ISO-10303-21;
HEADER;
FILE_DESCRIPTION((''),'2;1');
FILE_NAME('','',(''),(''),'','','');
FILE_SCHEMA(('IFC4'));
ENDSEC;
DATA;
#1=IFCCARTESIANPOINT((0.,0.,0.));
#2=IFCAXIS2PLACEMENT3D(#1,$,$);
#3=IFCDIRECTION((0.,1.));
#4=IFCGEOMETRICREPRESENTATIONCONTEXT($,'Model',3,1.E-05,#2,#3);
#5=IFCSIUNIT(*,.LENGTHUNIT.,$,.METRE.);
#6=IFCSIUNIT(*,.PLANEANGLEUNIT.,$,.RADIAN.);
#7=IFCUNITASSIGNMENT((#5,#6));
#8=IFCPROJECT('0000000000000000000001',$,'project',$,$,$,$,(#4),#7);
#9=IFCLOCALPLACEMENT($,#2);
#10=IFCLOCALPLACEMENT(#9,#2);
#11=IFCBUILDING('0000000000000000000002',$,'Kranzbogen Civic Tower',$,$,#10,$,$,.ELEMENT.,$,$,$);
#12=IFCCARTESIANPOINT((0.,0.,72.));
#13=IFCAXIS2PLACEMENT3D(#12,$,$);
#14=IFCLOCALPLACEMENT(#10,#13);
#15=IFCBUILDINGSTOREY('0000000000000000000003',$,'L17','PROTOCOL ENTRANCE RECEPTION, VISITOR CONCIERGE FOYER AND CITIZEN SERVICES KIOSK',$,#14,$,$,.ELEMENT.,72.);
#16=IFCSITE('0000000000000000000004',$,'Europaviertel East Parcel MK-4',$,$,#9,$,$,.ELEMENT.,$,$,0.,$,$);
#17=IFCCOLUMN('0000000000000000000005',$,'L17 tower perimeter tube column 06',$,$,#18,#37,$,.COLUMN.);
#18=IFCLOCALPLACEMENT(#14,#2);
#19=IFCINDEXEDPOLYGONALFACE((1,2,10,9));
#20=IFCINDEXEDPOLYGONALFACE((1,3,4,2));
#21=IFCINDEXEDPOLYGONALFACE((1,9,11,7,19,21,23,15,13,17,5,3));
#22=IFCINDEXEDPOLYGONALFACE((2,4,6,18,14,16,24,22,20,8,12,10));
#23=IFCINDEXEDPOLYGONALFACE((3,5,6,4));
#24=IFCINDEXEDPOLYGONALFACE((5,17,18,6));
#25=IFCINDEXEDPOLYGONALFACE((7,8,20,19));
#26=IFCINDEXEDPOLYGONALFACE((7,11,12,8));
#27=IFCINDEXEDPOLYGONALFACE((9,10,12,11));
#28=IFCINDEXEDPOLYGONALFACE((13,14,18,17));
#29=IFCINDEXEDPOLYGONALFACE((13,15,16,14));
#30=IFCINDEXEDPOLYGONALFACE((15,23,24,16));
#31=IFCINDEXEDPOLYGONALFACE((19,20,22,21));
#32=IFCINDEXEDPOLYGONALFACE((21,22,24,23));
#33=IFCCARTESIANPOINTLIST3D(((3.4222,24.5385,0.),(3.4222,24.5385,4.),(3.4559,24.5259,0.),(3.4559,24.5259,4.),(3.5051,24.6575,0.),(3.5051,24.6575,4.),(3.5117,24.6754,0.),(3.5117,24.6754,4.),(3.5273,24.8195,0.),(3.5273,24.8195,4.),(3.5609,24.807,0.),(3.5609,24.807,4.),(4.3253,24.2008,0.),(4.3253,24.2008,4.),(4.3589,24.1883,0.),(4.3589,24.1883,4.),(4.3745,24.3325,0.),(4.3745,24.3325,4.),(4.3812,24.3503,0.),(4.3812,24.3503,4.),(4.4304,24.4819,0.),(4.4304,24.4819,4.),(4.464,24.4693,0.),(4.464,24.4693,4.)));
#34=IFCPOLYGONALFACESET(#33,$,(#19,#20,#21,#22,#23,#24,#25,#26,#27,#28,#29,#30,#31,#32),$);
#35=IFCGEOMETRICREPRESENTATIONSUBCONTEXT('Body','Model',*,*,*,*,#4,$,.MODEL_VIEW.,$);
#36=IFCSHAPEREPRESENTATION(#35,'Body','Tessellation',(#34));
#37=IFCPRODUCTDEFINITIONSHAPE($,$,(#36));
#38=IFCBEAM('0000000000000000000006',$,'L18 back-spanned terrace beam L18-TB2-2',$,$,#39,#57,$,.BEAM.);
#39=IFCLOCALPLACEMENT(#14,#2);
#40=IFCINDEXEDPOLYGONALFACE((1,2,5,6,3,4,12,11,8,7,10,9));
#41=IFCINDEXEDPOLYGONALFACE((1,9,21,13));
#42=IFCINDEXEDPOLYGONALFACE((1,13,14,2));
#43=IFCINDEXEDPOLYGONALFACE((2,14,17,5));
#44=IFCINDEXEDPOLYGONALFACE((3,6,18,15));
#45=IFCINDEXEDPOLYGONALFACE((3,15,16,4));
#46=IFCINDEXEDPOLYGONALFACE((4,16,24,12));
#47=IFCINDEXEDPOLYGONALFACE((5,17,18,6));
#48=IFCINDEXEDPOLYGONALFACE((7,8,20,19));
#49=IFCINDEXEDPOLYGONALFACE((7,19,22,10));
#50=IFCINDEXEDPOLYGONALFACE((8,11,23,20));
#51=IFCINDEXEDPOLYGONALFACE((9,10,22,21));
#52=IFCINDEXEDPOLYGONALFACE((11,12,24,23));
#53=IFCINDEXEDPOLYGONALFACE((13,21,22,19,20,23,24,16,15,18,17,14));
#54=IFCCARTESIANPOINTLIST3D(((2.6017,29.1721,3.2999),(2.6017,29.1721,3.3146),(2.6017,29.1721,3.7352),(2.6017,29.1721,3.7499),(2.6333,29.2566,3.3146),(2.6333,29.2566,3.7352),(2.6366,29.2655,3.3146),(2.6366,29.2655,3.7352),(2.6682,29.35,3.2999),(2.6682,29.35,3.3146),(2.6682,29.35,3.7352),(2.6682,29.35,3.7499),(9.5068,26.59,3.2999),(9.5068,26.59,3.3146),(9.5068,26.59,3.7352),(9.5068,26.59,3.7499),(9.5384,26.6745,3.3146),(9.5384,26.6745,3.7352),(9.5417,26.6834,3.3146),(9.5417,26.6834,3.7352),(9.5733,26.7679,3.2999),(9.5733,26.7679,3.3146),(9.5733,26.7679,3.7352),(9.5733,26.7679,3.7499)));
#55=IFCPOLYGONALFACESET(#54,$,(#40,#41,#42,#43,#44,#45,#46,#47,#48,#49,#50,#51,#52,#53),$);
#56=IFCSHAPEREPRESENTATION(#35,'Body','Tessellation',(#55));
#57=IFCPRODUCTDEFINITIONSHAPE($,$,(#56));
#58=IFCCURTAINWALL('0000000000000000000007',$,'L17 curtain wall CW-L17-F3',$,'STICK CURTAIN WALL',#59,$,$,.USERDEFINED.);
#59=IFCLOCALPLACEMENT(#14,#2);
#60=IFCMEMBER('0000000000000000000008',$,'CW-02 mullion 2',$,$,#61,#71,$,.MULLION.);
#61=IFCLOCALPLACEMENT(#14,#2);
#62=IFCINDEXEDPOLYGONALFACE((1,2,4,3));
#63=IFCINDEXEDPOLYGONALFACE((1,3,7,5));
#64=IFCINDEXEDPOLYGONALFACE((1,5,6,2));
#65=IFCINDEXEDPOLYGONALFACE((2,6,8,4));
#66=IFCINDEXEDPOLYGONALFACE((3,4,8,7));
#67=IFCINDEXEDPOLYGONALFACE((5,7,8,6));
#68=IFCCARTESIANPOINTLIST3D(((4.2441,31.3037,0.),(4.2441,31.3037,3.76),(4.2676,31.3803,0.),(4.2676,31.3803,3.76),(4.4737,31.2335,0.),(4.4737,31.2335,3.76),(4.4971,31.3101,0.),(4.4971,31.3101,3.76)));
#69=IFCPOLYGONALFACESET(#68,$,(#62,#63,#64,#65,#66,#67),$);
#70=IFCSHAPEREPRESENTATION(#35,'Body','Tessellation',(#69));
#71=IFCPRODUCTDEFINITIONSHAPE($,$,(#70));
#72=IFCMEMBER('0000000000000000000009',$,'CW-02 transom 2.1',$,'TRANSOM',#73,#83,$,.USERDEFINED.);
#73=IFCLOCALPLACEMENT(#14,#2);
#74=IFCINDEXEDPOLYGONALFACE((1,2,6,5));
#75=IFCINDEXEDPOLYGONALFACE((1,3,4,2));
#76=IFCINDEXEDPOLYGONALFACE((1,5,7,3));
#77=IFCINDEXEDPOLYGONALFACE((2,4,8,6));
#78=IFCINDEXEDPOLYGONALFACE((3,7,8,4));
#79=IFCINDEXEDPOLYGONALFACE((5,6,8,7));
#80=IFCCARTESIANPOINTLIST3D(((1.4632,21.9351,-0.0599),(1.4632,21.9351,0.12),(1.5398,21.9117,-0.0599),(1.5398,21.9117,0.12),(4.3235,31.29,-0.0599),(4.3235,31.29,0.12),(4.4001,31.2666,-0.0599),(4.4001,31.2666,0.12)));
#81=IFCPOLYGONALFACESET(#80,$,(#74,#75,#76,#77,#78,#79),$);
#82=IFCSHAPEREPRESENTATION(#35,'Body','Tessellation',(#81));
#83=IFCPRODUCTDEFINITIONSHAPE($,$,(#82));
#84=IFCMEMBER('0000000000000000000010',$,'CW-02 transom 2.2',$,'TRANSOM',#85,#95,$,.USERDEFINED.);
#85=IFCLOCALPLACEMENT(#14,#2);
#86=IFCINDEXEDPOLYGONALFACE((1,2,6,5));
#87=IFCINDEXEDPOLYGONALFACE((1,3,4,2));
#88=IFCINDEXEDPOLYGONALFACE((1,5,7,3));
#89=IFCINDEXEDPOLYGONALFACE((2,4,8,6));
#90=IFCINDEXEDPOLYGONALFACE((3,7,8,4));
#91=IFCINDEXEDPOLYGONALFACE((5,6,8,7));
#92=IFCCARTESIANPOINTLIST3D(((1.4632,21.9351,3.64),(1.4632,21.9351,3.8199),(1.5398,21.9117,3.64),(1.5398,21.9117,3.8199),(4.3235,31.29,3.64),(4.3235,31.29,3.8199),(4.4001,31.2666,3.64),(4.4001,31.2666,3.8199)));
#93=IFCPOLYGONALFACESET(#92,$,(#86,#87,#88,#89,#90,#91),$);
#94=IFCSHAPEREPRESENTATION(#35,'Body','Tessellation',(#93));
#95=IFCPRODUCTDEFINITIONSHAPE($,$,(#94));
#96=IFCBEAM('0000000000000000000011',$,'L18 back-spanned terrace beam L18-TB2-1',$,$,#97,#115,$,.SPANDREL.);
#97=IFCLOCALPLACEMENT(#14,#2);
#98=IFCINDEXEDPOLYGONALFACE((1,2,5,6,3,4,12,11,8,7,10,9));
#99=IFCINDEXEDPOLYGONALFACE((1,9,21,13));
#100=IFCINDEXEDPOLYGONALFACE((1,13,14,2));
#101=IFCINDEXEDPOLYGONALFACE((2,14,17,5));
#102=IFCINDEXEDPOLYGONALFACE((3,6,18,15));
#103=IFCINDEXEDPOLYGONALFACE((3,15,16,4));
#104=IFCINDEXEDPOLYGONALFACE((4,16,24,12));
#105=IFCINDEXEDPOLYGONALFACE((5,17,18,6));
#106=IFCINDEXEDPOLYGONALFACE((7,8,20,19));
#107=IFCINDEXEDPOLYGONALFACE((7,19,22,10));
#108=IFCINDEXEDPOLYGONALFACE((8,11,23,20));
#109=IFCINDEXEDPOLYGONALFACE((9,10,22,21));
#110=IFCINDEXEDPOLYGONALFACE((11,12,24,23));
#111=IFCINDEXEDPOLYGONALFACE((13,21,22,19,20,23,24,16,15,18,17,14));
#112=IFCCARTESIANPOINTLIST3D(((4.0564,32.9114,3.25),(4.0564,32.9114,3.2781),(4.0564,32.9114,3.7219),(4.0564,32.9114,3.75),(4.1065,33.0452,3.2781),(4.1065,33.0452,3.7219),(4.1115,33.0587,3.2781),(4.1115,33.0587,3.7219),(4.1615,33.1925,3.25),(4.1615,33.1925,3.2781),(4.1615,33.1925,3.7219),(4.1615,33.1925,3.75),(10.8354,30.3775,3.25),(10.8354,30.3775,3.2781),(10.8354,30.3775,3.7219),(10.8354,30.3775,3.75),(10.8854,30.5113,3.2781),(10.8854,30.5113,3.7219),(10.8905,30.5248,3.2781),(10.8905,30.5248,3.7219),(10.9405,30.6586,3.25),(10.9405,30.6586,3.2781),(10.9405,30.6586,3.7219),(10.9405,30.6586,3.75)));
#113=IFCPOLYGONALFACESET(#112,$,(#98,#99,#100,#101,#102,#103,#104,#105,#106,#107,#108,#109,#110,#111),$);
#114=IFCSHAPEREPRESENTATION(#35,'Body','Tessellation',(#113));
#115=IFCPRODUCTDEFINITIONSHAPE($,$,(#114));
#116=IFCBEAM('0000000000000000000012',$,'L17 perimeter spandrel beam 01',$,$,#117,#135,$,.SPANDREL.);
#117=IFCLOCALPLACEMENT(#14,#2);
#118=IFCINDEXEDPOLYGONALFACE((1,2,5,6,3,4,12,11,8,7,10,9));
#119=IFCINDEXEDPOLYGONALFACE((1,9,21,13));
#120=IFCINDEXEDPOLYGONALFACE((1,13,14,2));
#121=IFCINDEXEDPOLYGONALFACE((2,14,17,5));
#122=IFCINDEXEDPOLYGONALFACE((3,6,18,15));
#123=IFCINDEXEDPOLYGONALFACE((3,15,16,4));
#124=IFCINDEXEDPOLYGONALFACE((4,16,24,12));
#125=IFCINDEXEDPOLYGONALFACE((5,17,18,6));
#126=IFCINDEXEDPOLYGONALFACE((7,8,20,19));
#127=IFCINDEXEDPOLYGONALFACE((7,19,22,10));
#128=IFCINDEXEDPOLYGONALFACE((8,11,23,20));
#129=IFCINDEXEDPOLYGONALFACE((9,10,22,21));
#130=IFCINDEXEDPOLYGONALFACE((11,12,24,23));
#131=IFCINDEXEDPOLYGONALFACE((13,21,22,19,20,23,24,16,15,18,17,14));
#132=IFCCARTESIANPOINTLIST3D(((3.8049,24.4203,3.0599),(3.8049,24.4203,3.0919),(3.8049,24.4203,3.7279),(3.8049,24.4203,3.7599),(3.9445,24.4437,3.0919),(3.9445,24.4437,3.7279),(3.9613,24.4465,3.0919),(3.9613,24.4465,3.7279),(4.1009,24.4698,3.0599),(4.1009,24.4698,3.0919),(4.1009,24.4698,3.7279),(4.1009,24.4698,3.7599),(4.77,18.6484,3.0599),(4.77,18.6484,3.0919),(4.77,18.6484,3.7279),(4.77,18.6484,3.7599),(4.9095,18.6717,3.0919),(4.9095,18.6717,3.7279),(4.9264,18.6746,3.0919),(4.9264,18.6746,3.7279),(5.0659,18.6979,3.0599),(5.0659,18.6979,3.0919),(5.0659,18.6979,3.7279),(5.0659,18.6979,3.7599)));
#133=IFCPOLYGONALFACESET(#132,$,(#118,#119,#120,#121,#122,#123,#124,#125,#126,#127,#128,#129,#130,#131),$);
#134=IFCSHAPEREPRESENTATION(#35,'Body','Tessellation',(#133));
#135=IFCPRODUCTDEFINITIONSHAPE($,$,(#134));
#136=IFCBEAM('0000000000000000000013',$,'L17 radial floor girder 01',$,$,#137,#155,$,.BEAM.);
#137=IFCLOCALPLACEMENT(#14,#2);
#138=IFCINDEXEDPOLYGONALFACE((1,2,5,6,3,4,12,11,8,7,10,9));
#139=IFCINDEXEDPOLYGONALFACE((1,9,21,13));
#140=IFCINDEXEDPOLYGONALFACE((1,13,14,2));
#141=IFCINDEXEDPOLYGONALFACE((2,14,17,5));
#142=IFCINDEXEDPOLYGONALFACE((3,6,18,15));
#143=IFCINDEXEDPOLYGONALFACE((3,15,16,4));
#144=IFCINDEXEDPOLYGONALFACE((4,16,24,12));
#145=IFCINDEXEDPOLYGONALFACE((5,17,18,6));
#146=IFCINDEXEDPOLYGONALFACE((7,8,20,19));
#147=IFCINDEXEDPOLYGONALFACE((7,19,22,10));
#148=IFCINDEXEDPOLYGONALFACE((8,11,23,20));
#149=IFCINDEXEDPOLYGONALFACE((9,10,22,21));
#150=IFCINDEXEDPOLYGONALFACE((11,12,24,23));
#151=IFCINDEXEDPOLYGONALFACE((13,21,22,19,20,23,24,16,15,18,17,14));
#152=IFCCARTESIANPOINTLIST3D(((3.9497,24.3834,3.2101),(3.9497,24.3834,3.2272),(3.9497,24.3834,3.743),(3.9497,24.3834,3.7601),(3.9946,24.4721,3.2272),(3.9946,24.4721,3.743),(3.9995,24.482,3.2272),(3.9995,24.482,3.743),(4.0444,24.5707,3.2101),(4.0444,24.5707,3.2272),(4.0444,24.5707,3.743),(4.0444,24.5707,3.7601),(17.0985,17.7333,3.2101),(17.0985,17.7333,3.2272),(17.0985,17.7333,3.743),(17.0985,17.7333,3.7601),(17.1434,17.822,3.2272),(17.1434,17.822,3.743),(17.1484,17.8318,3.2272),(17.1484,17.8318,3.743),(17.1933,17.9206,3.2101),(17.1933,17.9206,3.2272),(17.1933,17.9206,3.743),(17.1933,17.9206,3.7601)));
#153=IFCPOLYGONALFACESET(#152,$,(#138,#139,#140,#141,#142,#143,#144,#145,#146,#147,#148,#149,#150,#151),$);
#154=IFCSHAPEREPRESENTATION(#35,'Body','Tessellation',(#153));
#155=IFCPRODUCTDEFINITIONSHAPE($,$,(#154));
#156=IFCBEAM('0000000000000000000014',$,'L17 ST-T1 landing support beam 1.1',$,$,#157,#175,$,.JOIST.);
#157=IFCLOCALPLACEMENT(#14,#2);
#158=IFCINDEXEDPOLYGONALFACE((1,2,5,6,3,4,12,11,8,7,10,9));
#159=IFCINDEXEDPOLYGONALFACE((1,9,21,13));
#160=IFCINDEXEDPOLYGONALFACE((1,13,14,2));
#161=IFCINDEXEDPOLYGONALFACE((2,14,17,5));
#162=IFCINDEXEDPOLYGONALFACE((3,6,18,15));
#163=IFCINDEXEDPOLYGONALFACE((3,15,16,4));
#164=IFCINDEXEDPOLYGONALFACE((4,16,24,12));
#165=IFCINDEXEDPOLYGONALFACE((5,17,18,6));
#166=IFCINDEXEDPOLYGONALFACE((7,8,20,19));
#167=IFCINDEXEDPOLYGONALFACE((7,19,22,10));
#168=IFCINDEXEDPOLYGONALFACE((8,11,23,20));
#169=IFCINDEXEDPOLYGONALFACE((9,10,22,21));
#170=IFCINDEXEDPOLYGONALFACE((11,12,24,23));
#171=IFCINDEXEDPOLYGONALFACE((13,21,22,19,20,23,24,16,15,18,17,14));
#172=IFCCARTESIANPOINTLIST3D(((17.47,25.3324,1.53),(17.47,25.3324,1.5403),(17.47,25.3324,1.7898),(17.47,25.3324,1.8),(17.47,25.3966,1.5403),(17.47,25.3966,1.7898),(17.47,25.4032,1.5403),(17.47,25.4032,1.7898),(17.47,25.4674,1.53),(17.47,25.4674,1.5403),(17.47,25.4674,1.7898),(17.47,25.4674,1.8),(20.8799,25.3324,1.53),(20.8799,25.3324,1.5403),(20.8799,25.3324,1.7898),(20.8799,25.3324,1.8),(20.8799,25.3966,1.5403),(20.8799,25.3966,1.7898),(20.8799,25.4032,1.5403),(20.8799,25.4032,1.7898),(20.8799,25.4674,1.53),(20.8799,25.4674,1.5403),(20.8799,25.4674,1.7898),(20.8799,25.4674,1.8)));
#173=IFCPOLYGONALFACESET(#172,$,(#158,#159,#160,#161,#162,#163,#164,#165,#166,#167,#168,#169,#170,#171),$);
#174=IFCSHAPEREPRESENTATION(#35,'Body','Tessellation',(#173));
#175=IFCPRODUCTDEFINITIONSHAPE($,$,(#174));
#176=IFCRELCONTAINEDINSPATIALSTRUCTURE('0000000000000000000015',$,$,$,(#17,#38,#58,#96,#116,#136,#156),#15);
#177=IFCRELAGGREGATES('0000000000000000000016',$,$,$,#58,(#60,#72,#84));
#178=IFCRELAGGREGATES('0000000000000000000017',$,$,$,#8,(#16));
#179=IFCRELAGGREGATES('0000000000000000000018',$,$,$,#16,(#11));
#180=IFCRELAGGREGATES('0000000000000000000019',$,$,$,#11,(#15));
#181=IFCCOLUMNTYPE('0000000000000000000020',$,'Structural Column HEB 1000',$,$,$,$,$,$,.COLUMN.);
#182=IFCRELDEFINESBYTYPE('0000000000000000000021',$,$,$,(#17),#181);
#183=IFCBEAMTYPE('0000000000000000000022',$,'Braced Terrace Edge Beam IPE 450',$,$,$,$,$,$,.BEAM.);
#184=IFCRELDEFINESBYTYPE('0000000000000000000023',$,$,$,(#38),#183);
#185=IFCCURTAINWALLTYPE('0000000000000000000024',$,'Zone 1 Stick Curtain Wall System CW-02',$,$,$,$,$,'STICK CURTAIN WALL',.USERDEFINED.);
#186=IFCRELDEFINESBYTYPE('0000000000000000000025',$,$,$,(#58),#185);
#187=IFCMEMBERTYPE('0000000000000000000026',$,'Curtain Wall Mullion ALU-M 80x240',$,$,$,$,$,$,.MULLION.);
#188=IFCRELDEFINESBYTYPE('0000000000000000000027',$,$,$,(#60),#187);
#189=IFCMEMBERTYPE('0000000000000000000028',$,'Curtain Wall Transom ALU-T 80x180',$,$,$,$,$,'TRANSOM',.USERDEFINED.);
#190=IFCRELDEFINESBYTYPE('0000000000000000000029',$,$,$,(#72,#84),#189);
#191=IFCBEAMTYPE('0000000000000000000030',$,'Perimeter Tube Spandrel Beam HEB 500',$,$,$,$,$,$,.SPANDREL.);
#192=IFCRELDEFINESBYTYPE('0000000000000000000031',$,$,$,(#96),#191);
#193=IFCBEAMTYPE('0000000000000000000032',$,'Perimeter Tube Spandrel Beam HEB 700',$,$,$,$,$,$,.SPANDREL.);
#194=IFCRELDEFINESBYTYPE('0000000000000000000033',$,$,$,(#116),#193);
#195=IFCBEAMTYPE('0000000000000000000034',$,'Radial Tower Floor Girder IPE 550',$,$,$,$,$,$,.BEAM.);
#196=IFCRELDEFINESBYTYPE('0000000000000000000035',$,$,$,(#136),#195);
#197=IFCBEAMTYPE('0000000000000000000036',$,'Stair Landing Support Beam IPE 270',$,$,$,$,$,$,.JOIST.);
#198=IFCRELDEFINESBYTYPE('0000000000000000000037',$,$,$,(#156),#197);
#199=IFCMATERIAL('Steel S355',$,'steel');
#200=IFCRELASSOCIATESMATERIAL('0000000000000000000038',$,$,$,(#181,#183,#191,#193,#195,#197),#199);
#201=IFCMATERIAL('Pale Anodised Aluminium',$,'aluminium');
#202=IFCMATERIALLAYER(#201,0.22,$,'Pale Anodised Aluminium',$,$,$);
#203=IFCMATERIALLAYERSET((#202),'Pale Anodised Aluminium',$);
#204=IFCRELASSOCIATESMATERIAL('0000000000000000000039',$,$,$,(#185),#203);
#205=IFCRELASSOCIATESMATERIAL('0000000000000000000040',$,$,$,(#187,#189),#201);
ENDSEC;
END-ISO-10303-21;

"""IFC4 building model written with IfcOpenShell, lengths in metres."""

from ifc_helpers import new_model, si_unit, direction, frame, origin, origin_2d, place, context, subcontext, project, spatial, rectangle, i_section, extrude, material, layer, layer_set, material_profile, profile_set, type_object, element, aggregate, save


model = new_model("IFC4")

# Units and contexts
model_context = context("Model", 3, precision=1e-05, world=origin(), true_north=direction((0.0, 1.0)))
body_context = subcontext(model_context, "Body", "Model", "MODEL_VIEW")
ifc_project = project(units=[si_unit("LENGTHUNIT", "METRE"), si_unit("PLANEANGLEUNIT", "RADIAN")], contexts=[model_context])

# Site, building, storey
site_placement = place(None, origin())
site = spatial("IfcSite", under=ifc_project, at=site_placement, Name="Europaviertel East Parcel MK-4", CompositionType="ELEMENT", RefElevation=0.0)
building_placement = place(site_placement, origin())
building = spatial("IfcBuilding", under=site, at=building_placement, Name="Kranzbogen Civic Tower", CompositionType="ELEMENT")
storey_placement = place(building_placement, frame((0.0, 0.0, 72.0)))
storey = spatial("IfcBuildingStorey", under=building, at=storey_placement, Name="L17", Description="PROTOCOL ENTRANCE RECEPTION, VISITOR CONCIERGE FOYER AND CITIZEN SERVICES KIOSK", CompositionType="ELEMENT", Elevation=72.0)

# Column
ifc_material_1 = material(Name="Steel S355", Category="steel")
ifc_material_profile_1 = material_profile(ifc_material_1, i_section(OverallWidth=0.3, OverallDepth=1.0, WebThickness=0.019, FlangeThickness=0.0359, at=origin_2d()), Name="HEB 1000")
ifc_profile_set_1 = profile_set([ifc_material_profile_1], Name="Steel S355")
column_type = type_object("IfcColumnType", Name="Structural Column HEB 1000", PredefinedType="COLUMN", material=ifc_profile_set_1)
column_placement = place(storey_placement, frame((3.9431, 24.5039, 0.0), z_axis=(0.0, 0.0, 1.0), x_axis=(0.350207, 0.936672, 0.0)))
element("IfcColumn", 1, at=column_placement, inside=storey, type_object=column_type, Name="L17 tower perimeter tube column 06", PredefinedType="COLUMN", context=body_context, shape_type="SweptSolid", body=[
    extrude(i_section(OverallWidth=0.3, OverallDepth=1.0, WebThickness=0.019, FlangeThickness=0.0359, at=origin_2d()), origin(), (0.0, 0.0, 1.0), 4.0),
])

# Beam
ifc_material_profile_2 = material_profile(ifc_material_1, i_section(OverallWidth=0.1899, OverallDepth=0.45, WebThickness=0.0095, FlangeThickness=0.0146, at=origin_2d()), Name="IPE 450")
ifc_profile_set_2 = profile_set([ifc_material_profile_2], Name="Steel S355")
beam_type_1 = type_object("IfcBeamType", Name="Braced Terrace Edge Beam IPE 450", PredefinedType="BEAM", material=ifc_profile_set_2)
beam_1_placement = place(storey_placement, frame((9.54, 26.679, 3.5249), z_axis=(-0.936657, 0.350249, 0.0), x_axis=(-0.350249, -0.936657, 0.0)))
element("IfcBeam", 2, at=beam_1_placement, inside=storey, type_object=beam_type_1, Name="L18 back-spanned terrace beam L18-TB2-2", PredefinedType="BEAM", context=body_context, shape_type="SweptSolid", body=[
    extrude(i_section(OverallWidth=0.1899, OverallDepth=0.45, WebThickness=0.0095, FlangeThickness=0.0146, at=origin_2d()), origin(), (0.0, 0.0, 1.0), 7.3721),
])

# Curtain wall, members
ifc_material_2 = material(Name="Pale Anodised Aluminium", Category="aluminium")
ifc_layer_1 = layer(ifc_material_2, 0.22, Name="Pale Anodised Aluminium")
ifc_layer_set_1 = layer_set([ifc_layer_1], Name="Pale Anodised Aluminium")
curtain_wall_type = type_object("IfcCurtainWallType", Name="Zone 1 Stick Curtain Wall System CW-02", ElementType="STICK CURTAIN WALL", PredefinedType="USERDEFINED", material=ifc_layer_set_1)
curtain_wall_placement = place(storey_placement, origin())
curtain_wall = element("IfcCurtainWall", 3, at=curtain_wall_placement, inside=storey, type_object=curtain_wall_type, Name="L17 curtain wall CW-L17-F3", ObjectType="STICK CURTAIN WALL", PredefinedType="USERDEFINED")
ifc_material_profile_3 = material_profile(ifc_material_2, rectangle(XDim=0.0801, YDim=0.24, at=origin_2d()), Name="ALU-M 80x240")
ifc_profile_set_3 = profile_set([ifc_material_profile_3], Name="Pale Anodised Aluminium")
member_type_1 = type_object("IfcMemberType", Name="Curtain Wall Mullion ALU-M 80x240", PredefinedType="MULLION", material=ifc_profile_set_3)
member_1_placement = place(storey_placement, frame((4.3706, 31.3069, 0.0), z_axis=(0.0, 0.0, 1.0), x_axis=(-0.292381, -0.956302, 0.0)))
member_1 = element("IfcMember", 4, at=member_1_placement, type_object=member_type_1, Name="CW-02 mullion 2", PredefinedType="MULLION", context=body_context, shape_type="SweptSolid", body=[
    extrude(rectangle(XDim=0.0801, YDim=0.24, at=origin_2d()), origin(), (0.0, 0.0, 1.0), 3.76),
])
ifc_material_profile_4 = material_profile(ifc_material_2, rectangle(XDim=0.0801, YDim=0.1799, at=origin_2d()), Name="ALU-T 80x180")
ifc_profile_set_4 = profile_set([ifc_material_profile_4], Name="Pale Anodised Aluminium")
member_type_2 = type_object("IfcMemberType", Name="Curtain Wall Transom ALU-T 80x180", ElementType="TRANSOM", PredefinedType="USERDEFINED", material=ifc_profile_set_4)
member_2_placement = place(storey_placement, frame((4.3618, 31.2783, 0.03), z_axis=(-0.292395, -0.956298, 0.0), x_axis=(0.956298, -0.292395, 0.0)))
member_2 = element("IfcMember", 5, at=member_2_placement, type_object=member_type_2, Name="CW-02 transom 2.1", ObjectType="TRANSOM", PredefinedType="USERDEFINED", context=body_context, shape_type="SweptSolid", body=[
    extrude(rectangle(XDim=0.0801, YDim=0.1799, at=origin_2d()), origin(), (0.0, 0.0, 1.0), 9.7825),
])
member_3_placement = place(storey_placement, frame((4.3618, 31.2783, 3.73), z_axis=(-0.292395, -0.956298, 0.0), x_axis=(0.956298, -0.292395, 0.0)))
member_3 = element("IfcMember", 6, at=member_3_placement, type_object=member_type_2, Name="CW-02 transom 2.2", ObjectType="TRANSOM", PredefinedType="USERDEFINED", context=body_context, shape_type="SweptSolid", body=[
    extrude(rectangle(XDim=0.0801, YDim=0.1799, at=origin_2d()), origin(), (0.0, 0.0, 1.0), 9.7825),
])

# Beams
ifc_material_profile_5 = material_profile(ifc_material_1, i_section(OverallWidth=0.3, OverallDepth=0.5, WebThickness=0.0144, FlangeThickness=0.0281, at=origin_2d()), Name="HEB 500")
ifc_profile_set_5 = profile_set([ifc_material_profile_5], Name="Steel S355")
beam_type_2 = type_object("IfcBeamType", Name="Perimeter Tube Spandrel Beam HEB 500", PredefinedType="SPANDREL", material=ifc_profile_set_5)
beam_2_placement = place(storey_placement, frame((10.8879, 30.5181, 3.5), z_axis=(-0.936702, 0.350129, 0.0), x_axis=(-0.350129, -0.936702, 0.0)))
element("IfcBeam", 7, at=beam_2_placement, inside=storey, type_object=beam_type_2, Name="L18 back-spanned terrace beam L18-TB2-1", PredefinedType="SPANDREL", context=body_context, shape_type="SweptSolid", body=[
    extrude(i_section(OverallWidth=0.3, OverallDepth=0.5, WebThickness=0.0144, FlangeThickness=0.0281, at=origin_2d()), origin(), (0.0, 0.0, 1.0), 7.2371),
])
ifc_material_profile_6 = material_profile(ifc_material_1, i_section(OverallWidth=0.3, OverallDepth=0.7, WebThickness=0.0171, FlangeThickness=0.032, at=origin_2d()), Name="HEB 700")
ifc_profile_set_6 = profile_set([ifc_material_profile_6], Name="Steel S355")
beam_type_3 = type_object("IfcBeamType", Name="Perimeter Tube Spandrel Beam HEB 700", PredefinedType="SPANDREL", material=ifc_profile_set_6)
beam_3_placement = place(storey_placement, frame((3.9529, 24.4451, 3.4099), z_axis=(0.164913, -0.986308, 0.0), x_axis=(0.986308, 0.164913, 0.0)))
element("IfcBeam", 8, at=beam_3_placement, inside=storey, type_object=beam_type_3, Name="L17 perimeter spandrel beam 01", PredefinedType="SPANDREL", context=body_context, shape_type="SweptSolid", body=[
    extrude(i_section(OverallWidth=0.3, OverallDepth=0.7, WebThickness=0.0171, FlangeThickness=0.032, at=origin_2d()), origin(), (0.0, 0.0, 1.0), 5.8521),
])
ifc_material_profile_7 = material_profile(ifc_material_1, i_section(OverallWidth=0.21, OverallDepth=0.55, WebThickness=0.011, FlangeThickness=0.0171, at=origin_2d()), Name="IPE 550")
ifc_profile_set_7 = profile_set([ifc_material_profile_7], Name="Steel S355")
beam_type_4 = type_object("IfcBeamType", Name="Radial Tower Floor Girder IPE 550", PredefinedType="BEAM", material=ifc_profile_set_7)
beam_4_placement = place(storey_placement, frame((3.9971, 24.4771, 3.4851), z_axis=(0.892363, -0.451318, 0.0), x_axis=(0.451318, 0.892363, 0.0)))
element("IfcBeam", 9, at=beam_4_placement, inside=storey, type_object=beam_type_4, Name="L17 radial floor girder 01", PredefinedType="BEAM", context=body_context, shape_type="SweptSolid", body=[
    extrude(i_section(OverallWidth=0.21, OverallDepth=0.55, WebThickness=0.011, FlangeThickness=0.0171, at=origin_2d()), origin(), (0.0, 0.0, 1.0), 14.7349),
])
ifc_material_profile_8 = material_profile(ifc_material_1, i_section(OverallWidth=0.135, OverallDepth=0.27, WebThickness=0.0066, FlangeThickness=0.0103, at=origin_2d()), Name="IPE 270")
ifc_profile_set_8 = profile_set([ifc_material_profile_8], Name="Steel S355")
beam_type_5 = type_object("IfcBeamType", Name="Stair Landing Support Beam IPE 270", PredefinedType="JOIST", material=ifc_profile_set_8)
for number, where, z_axis, x_axis, name in (
    (10, (20.8799, 25.3999, 1.665), (-1.0, 0.0, 0.0), (0.0, -1.0, 0.0), "L17 ST-T1 landing support beam 1.1"),
):
    element("IfcBeam", number, at=place(storey_placement, frame(where, z_axis=z_axis, x_axis=x_axis)), inside=storey, type_object=beam_type_5, Name=name, PredefinedType="JOIST", context=body_context, shape_type="SweptSolid", body=[
        extrude(i_section(OverallWidth=0.135, OverallDepth=0.27, WebThickness=0.0066, FlangeThickness=0.0103, at=origin_2d()), origin(), (0.0, 0.0, 1.0), 3.4099),
    ])

aggregate(curtain_wall, [member_1, member_2, member_3])

save(model, "model.ifc")
